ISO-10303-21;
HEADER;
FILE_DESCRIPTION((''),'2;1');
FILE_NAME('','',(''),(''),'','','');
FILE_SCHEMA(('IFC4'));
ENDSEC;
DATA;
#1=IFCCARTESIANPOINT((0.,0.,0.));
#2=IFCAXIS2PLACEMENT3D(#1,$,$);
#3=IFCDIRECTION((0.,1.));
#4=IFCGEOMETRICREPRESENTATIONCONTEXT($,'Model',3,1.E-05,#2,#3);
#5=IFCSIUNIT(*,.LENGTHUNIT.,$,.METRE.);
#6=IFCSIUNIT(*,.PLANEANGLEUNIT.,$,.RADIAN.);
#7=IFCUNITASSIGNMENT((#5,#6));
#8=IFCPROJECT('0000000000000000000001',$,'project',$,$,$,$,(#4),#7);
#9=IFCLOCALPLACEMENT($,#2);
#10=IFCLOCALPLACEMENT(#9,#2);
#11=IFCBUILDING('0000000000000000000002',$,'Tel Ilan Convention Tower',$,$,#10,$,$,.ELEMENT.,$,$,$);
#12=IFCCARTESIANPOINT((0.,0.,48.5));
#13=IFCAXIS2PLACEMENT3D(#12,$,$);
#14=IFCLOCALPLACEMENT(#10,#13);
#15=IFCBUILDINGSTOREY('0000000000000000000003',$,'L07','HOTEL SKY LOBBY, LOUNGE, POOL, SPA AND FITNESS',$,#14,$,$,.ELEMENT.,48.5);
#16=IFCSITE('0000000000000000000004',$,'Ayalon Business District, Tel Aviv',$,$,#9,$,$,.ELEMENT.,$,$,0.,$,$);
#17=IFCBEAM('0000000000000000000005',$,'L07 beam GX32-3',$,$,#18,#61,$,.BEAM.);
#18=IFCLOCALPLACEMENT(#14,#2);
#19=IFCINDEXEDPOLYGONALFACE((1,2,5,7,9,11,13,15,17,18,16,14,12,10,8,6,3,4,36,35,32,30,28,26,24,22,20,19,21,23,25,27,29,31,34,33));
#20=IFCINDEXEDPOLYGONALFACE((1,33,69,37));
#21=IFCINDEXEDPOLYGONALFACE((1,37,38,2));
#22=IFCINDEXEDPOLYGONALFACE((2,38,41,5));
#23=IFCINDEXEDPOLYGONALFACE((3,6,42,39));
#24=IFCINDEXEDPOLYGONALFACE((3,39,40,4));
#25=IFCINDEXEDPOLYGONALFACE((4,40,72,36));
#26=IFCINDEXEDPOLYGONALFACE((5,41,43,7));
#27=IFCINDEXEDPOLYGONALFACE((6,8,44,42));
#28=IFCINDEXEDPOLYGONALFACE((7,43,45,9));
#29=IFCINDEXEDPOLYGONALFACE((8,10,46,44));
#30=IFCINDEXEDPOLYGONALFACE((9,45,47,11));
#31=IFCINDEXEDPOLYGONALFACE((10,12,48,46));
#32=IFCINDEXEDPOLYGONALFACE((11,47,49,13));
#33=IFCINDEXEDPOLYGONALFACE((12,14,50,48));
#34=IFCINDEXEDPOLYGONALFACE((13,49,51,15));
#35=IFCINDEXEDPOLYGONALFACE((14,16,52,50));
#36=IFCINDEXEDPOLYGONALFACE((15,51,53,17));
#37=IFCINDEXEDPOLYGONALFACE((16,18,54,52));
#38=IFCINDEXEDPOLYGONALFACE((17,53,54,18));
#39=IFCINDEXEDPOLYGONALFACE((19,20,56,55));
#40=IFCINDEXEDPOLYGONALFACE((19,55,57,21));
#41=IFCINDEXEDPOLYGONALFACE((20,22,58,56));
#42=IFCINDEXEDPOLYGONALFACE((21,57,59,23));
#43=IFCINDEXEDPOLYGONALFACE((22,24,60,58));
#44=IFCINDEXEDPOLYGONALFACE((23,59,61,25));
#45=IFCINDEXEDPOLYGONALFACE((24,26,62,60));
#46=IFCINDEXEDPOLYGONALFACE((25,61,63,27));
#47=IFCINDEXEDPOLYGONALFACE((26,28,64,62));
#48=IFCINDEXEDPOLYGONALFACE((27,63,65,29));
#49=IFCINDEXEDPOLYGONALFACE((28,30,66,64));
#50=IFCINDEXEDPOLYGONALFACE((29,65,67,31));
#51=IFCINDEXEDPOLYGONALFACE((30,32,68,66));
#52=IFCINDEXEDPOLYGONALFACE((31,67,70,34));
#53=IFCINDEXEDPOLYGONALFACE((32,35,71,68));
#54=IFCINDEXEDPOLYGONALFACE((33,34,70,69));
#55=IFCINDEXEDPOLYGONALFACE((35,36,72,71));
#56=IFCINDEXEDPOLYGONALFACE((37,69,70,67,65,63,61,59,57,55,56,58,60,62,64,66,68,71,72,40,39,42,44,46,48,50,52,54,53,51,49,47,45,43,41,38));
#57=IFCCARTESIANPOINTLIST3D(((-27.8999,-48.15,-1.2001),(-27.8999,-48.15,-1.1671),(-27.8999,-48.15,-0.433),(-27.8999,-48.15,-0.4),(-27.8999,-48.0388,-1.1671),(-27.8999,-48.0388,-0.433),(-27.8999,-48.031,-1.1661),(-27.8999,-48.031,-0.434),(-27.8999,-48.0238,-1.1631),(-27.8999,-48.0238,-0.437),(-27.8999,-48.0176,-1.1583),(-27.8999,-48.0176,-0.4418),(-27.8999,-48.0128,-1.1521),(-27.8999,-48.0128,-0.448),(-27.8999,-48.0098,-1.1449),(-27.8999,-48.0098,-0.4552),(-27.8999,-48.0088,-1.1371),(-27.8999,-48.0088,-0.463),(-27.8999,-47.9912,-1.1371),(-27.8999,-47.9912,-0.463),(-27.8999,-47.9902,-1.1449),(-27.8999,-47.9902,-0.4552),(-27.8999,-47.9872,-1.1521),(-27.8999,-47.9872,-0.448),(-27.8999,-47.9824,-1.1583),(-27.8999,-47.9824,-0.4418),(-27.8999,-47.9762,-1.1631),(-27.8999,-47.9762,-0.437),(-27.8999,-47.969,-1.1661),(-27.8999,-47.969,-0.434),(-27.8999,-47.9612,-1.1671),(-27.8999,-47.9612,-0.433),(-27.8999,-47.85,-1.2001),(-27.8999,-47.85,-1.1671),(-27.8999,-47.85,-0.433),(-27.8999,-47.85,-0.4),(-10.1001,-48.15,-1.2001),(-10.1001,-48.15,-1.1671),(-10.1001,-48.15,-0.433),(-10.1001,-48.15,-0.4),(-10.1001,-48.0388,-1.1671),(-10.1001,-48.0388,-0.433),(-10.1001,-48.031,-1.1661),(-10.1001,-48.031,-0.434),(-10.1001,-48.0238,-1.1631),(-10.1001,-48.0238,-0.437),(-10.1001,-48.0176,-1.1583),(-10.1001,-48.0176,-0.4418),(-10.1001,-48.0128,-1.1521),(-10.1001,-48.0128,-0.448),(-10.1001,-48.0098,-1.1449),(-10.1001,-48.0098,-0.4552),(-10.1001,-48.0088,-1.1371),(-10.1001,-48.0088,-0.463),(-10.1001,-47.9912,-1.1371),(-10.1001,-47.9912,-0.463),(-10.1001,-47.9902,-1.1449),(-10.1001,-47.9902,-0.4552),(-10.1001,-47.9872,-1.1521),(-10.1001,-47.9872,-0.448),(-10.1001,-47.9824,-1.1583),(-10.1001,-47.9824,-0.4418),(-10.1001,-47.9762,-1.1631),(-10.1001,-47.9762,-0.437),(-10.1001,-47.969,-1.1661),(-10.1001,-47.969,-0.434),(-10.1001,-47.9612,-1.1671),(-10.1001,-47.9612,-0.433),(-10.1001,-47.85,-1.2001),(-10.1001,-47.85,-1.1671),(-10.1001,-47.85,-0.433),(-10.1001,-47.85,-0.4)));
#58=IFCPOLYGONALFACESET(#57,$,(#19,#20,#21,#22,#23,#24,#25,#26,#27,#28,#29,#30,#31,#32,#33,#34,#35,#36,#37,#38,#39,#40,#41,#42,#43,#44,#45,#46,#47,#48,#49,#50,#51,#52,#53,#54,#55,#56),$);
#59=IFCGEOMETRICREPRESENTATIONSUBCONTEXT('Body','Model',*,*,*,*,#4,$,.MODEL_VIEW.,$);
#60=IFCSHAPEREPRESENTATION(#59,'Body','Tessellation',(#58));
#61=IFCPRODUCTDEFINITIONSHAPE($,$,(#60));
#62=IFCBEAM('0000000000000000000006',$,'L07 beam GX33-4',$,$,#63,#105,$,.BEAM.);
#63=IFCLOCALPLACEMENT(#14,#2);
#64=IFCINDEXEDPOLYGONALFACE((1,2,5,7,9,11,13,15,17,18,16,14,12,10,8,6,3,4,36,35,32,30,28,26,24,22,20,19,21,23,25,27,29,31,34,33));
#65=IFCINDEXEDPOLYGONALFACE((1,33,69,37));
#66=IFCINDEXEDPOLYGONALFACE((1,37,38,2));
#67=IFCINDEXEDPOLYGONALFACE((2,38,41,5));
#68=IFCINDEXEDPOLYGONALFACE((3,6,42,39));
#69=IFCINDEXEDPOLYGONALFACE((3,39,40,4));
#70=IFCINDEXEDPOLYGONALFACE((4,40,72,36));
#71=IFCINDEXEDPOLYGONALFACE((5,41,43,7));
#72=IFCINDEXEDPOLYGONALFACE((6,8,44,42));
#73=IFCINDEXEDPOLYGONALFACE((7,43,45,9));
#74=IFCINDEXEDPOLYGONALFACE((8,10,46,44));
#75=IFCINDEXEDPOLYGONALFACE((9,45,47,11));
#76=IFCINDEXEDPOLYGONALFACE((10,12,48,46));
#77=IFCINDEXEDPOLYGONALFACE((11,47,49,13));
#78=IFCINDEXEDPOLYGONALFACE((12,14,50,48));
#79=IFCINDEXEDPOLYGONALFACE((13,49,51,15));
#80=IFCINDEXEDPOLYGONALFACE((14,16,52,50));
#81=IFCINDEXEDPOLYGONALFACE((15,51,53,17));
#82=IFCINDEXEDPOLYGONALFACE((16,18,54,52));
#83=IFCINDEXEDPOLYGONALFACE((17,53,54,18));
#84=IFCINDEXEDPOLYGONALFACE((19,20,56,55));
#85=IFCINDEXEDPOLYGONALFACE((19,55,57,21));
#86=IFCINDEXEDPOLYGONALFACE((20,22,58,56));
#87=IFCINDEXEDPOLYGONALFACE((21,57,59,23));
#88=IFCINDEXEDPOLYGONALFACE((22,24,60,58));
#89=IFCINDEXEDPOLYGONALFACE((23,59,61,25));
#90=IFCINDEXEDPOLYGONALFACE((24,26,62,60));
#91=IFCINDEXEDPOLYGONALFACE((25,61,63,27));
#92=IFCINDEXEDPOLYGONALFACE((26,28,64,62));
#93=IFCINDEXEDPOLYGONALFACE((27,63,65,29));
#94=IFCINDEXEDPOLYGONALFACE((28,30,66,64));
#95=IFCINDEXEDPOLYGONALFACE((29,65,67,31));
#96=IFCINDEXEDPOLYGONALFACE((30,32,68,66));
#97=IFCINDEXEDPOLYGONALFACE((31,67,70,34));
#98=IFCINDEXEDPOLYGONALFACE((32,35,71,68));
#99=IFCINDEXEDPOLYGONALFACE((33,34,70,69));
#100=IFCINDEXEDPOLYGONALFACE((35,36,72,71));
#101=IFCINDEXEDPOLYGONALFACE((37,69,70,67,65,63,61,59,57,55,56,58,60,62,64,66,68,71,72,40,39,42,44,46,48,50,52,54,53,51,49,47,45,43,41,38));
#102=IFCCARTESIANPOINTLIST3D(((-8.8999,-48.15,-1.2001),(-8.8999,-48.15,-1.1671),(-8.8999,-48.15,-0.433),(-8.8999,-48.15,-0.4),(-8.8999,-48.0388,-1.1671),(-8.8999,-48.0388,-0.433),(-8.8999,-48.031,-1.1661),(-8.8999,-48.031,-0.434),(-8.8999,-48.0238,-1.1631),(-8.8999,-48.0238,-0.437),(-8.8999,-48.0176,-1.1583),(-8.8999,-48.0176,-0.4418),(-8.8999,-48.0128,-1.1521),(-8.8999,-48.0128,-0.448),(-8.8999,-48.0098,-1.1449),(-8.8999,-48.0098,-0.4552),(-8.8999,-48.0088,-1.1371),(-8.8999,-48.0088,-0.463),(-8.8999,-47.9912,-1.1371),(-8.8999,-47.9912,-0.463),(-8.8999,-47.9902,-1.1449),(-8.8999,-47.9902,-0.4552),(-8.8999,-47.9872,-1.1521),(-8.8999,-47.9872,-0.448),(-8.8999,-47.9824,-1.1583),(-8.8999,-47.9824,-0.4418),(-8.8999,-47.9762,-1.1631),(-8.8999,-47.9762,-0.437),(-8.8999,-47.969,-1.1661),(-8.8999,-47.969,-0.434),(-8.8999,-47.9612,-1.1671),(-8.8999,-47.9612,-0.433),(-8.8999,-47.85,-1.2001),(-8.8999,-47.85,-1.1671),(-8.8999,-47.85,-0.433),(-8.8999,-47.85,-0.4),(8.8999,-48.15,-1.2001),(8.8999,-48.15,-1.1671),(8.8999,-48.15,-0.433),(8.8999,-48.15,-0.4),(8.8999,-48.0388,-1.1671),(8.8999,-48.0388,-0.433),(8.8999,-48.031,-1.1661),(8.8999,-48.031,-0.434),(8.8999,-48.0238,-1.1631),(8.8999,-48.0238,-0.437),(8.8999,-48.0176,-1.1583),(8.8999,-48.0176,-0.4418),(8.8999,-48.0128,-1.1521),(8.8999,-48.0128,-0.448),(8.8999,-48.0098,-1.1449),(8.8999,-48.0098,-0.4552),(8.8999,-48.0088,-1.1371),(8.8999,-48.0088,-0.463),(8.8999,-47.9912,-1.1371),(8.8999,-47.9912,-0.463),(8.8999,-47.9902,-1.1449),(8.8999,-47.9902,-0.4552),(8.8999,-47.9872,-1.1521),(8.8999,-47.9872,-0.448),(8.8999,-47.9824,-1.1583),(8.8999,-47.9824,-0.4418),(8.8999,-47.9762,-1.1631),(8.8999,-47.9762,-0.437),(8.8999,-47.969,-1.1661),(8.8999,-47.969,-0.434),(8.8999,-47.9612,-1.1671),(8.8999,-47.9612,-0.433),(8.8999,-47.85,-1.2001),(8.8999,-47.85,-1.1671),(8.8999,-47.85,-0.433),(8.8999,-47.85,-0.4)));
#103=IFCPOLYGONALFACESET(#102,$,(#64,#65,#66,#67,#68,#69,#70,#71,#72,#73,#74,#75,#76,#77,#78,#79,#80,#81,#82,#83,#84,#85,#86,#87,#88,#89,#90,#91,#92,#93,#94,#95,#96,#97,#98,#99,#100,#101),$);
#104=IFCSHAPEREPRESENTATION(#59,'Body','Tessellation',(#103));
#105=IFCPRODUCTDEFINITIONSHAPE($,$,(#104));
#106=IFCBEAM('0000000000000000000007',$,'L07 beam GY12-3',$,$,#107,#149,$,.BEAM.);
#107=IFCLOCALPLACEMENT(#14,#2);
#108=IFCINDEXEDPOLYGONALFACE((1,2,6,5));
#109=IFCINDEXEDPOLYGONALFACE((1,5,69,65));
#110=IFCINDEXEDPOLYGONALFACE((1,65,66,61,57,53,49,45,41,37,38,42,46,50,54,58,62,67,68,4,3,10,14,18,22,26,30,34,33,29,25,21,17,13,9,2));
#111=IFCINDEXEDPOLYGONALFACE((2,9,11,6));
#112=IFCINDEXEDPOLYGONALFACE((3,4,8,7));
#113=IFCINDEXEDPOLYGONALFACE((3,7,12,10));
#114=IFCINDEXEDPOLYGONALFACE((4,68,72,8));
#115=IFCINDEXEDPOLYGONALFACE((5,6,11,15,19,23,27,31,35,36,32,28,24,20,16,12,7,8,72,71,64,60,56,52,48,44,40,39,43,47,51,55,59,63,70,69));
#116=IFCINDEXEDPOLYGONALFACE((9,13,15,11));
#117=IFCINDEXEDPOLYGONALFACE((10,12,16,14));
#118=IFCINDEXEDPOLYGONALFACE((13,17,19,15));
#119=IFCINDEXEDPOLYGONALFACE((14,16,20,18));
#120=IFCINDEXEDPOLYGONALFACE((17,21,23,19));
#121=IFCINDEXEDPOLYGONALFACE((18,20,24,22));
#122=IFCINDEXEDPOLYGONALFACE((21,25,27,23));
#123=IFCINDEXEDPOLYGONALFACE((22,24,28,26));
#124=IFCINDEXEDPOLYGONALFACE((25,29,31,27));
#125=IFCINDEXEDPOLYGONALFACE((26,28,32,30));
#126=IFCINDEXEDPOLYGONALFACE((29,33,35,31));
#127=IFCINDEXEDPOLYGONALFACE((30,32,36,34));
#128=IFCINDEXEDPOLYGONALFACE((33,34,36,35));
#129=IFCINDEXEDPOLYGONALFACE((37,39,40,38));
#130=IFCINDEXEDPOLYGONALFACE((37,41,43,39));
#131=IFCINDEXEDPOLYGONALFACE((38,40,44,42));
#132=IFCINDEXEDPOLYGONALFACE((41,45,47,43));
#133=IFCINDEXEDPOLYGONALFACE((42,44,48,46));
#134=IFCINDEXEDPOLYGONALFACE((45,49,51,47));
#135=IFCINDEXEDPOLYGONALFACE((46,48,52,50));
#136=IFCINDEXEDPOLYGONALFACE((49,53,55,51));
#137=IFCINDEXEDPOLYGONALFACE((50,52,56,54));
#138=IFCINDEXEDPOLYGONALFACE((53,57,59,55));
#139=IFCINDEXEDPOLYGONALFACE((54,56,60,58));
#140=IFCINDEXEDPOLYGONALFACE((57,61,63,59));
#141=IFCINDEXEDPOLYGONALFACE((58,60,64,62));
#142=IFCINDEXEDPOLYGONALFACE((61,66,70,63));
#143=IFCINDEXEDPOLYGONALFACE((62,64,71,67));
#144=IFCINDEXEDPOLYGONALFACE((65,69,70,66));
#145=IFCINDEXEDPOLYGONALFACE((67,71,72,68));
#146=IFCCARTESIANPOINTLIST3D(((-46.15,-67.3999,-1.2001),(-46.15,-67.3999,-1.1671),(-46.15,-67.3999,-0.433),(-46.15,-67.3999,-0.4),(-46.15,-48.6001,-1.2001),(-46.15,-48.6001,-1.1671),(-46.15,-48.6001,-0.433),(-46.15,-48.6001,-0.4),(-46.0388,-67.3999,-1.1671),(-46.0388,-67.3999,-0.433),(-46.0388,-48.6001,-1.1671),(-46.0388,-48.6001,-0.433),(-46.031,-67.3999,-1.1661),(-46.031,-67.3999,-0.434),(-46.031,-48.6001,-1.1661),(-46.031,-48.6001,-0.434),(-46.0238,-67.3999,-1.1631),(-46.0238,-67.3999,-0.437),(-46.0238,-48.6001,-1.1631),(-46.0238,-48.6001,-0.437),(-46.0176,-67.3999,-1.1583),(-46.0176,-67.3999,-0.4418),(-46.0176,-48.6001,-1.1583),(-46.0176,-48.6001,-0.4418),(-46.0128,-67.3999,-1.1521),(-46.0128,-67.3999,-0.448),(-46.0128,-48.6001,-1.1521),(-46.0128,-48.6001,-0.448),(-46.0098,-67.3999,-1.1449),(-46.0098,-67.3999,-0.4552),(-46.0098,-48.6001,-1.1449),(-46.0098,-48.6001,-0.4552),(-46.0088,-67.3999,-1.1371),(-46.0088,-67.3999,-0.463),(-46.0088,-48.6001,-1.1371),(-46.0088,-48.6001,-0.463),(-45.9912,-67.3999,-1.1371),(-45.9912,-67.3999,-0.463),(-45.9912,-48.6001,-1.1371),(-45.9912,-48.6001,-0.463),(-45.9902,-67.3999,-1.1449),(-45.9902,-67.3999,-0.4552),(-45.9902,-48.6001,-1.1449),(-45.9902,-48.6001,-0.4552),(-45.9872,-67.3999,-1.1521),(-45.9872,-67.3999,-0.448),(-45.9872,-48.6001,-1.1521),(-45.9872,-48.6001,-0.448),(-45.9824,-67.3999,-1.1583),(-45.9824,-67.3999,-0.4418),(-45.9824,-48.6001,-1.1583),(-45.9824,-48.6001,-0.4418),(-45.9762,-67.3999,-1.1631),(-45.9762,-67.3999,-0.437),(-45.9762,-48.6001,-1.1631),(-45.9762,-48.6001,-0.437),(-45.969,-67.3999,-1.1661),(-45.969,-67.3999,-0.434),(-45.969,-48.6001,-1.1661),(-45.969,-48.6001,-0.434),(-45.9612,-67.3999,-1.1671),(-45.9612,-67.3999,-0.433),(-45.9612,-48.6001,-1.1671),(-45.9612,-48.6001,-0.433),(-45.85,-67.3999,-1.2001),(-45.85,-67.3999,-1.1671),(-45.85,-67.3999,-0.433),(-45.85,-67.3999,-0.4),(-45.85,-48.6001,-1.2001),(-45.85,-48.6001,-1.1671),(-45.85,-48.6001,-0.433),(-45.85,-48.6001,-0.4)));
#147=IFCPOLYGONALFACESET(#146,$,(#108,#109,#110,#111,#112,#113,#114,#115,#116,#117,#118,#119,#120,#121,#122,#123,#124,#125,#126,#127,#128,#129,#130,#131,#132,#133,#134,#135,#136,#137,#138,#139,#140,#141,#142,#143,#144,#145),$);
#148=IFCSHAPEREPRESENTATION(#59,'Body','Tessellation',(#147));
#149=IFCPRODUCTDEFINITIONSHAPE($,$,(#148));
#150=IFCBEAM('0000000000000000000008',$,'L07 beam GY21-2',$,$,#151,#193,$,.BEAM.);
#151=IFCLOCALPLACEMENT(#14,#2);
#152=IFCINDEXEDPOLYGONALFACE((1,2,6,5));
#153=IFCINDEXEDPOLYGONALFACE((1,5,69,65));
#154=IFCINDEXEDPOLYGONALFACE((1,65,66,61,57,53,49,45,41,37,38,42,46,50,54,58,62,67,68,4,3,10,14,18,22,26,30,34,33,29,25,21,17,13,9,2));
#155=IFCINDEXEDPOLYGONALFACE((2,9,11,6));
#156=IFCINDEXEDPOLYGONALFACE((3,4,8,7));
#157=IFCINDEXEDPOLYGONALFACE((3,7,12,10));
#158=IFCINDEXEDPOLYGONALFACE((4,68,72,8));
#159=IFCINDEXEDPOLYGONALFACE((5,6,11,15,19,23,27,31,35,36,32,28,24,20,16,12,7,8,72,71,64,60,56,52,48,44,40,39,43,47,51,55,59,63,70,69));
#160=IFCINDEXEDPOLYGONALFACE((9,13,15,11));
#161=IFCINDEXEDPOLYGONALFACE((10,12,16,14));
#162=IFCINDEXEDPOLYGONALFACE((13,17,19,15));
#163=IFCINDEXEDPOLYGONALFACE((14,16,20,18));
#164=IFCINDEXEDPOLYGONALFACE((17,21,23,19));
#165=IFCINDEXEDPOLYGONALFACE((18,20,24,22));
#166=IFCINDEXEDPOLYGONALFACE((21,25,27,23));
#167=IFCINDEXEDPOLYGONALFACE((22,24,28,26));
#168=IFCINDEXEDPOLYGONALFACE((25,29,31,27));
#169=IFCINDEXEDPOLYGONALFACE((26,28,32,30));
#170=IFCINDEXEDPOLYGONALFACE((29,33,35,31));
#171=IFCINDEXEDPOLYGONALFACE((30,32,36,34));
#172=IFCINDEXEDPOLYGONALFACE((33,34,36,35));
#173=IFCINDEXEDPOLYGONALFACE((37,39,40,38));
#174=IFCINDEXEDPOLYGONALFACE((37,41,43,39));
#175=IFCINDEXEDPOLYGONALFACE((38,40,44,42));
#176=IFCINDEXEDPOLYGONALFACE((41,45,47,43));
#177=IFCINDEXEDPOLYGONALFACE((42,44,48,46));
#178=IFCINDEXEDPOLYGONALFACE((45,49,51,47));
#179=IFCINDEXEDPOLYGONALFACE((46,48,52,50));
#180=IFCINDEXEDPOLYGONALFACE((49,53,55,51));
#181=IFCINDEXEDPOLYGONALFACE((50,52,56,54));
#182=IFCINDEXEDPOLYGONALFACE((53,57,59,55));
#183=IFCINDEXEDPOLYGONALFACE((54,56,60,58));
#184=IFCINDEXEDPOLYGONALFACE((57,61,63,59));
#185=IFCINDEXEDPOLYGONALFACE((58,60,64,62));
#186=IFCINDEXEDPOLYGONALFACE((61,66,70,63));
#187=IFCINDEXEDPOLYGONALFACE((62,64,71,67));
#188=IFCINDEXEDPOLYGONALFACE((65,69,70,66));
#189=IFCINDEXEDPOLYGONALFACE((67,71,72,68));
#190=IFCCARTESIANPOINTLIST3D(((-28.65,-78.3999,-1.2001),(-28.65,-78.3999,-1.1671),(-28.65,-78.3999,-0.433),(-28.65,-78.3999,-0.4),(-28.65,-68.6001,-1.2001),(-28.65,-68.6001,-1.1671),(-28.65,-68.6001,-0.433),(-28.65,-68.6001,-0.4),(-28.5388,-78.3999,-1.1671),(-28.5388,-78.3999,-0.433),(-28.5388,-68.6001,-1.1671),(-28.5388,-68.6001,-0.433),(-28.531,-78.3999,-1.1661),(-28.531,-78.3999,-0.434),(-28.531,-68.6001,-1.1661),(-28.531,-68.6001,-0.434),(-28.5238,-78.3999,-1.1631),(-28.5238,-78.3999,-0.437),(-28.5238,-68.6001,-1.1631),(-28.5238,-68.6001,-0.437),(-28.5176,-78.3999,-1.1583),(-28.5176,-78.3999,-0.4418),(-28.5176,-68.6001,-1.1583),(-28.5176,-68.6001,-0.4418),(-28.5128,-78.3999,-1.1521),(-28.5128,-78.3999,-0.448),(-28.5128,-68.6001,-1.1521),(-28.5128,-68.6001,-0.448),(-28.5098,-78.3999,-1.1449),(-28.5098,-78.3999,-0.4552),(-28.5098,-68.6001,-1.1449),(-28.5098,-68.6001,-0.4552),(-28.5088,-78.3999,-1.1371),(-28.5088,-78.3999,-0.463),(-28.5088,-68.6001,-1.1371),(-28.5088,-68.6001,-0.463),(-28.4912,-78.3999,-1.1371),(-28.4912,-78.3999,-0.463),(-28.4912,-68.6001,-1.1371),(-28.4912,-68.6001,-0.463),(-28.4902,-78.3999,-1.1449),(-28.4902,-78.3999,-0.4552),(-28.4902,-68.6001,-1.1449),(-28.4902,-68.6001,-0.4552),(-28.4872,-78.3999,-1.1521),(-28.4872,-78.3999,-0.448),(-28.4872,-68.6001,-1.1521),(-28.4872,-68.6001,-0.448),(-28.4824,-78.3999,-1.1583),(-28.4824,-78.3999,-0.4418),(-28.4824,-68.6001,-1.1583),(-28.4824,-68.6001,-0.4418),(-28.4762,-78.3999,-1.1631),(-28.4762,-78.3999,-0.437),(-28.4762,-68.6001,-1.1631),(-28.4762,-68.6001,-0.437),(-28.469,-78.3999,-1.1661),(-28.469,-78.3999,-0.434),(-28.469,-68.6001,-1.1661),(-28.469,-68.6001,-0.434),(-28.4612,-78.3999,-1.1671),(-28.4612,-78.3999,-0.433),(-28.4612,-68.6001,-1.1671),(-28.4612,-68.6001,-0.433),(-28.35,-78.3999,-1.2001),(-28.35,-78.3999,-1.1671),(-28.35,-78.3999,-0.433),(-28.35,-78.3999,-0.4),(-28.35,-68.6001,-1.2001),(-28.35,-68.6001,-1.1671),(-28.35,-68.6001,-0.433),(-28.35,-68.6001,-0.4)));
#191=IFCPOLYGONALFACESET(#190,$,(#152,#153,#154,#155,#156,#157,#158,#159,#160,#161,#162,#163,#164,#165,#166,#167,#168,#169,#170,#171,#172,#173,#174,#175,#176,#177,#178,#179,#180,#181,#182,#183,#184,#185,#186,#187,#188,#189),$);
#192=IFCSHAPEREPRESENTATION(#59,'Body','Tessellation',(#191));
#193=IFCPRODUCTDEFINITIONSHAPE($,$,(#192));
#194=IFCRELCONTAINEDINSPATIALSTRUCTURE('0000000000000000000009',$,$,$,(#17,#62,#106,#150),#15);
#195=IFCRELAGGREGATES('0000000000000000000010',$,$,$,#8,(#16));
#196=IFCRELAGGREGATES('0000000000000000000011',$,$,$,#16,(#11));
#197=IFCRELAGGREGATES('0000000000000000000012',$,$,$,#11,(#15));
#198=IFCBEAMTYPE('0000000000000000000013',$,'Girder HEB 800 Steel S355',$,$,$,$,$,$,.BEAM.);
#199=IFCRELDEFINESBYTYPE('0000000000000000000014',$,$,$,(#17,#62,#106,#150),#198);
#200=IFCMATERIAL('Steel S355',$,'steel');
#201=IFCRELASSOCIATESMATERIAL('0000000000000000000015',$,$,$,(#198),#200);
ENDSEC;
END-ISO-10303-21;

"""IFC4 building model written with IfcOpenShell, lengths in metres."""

from ifc_helpers import new_model, si_unit, direction, frame, origin, origin_2d, place, context, subcontext, project, spatial, i_section, extrude, material, material_profile, profile_set, type_object, element, save


model = new_model("IFC4")

# Units and contexts
model_context = context("Model", 3, precision=1e-05, world=origin(), true_north=direction((0.0, 1.0)))
body_context = subcontext(model_context, "Body", "Model", "MODEL_VIEW")
ifc_project = project(units=[si_unit("LENGTHUNIT", "METRE"), si_unit("PLANEANGLEUNIT", "RADIAN")], contexts=[model_context])

# Site, building, storey
site_placement = place(None, origin())
site = spatial("IfcSite", under=ifc_project, at=site_placement, Name="Ayalon Business District, Tel Aviv", CompositionType="ELEMENT", RefElevation=0.0)
building_placement = place(site_placement, origin())
building = spatial("IfcBuilding", under=site, at=building_placement, Name="Tel Ilan Convention Tower", CompositionType="ELEMENT")
storey_placement = place(building_placement, frame((0.0, 0.0, 48.5)))
storey = spatial("IfcBuildingStorey", under=building, at=storey_placement, Name="L07", Description="HOTEL SKY LOBBY, LOUNGE, POOL, SPA AND FITNESS", CompositionType="ELEMENT", Elevation=48.5)

# Beams
ifc_material_1 = material(Name="Steel S355", Category="steel")
ifc_material_profile_1 = material_profile(ifc_material_1, i_section(OverallWidth=0.3, OverallDepth=0.8, WebThickness=0.0176, FlangeThickness=0.033, FilletRadius=0.03, at=origin_2d()), Name="HEB 800")
ifc_profile_set_1 = profile_set([ifc_material_profile_1], Name="Steel S355")
beam_type_1 = type_object("IfcBeamType", Name="Girder HEB 800 Steel S355", PredefinedType="BEAM", material=ifc_profile_set_1)
for number, where, z_axis, x_axis, name in (
    (1, (-27.8999, -48.0, -0.8), (1.0, 0.0, 0.0), (0.0, 1.0, 0.0), "L07 beam GX32-3"),
    (2, (-8.8999, -48.0, -0.8), (1.0, 0.0, 0.0), (0.0, 1.0, 0.0), "L07 beam GX33-4"),
):
    element("IfcBeam", number, at=place(storey_placement, frame(where, z_axis=z_axis, x_axis=x_axis)), inside=storey, type_object=beam_type_1, Name=name, PredefinedType="BEAM", context=body_context, shape_type="SweptSolid", body=[
        extrude(i_section(OverallWidth=0.3, OverallDepth=0.8, WebThickness=0.0176, FlangeThickness=0.033, FilletRadius=0.03, at=origin_2d()), origin(), (0.0, 0.0, 1.0), 17.7998),
    ])
beam_1_placement = place(storey_placement, frame((-46.0, -67.3999, -0.8), z_axis=(0.0, 1.0, 0.0), x_axis=(-1.0, 0.0, 0.0)))
element("IfcBeam", 3, at=beam_1_placement, inside=storey, type_object=beam_type_1, Name="L07 beam GY12-3", PredefinedType="BEAM", context=body_context, shape_type="SweptSolid", body=[
    extrude(i_section(OverallWidth=0.3, OverallDepth=0.8, WebThickness=0.0176, FlangeThickness=0.033, FilletRadius=0.03, at=origin_2d()), origin(), (0.0, 0.0, 1.0), 18.7998),
])
beam_2_placement = place(storey_placement, frame((-28.5, -78.3999, -0.8), z_axis=(0.0, 1.0, 0.0), x_axis=(-1.0, 0.0, 0.0)))
element("IfcBeam", 4, at=beam_2_placement, inside=storey, type_object=beam_type_1, Name="L07 beam GY21-2", PredefinedType="BEAM", context=body_context, shape_type="SweptSolid", body=[
    extrude(i_section(OverallWidth=0.3, OverallDepth=0.8, WebThickness=0.0176, FlangeThickness=0.033, FilletRadius=0.03, at=origin_2d()), origin(), (0.0, 0.0, 1.0), 9.7998),
])

save(model, "model.ifc")
